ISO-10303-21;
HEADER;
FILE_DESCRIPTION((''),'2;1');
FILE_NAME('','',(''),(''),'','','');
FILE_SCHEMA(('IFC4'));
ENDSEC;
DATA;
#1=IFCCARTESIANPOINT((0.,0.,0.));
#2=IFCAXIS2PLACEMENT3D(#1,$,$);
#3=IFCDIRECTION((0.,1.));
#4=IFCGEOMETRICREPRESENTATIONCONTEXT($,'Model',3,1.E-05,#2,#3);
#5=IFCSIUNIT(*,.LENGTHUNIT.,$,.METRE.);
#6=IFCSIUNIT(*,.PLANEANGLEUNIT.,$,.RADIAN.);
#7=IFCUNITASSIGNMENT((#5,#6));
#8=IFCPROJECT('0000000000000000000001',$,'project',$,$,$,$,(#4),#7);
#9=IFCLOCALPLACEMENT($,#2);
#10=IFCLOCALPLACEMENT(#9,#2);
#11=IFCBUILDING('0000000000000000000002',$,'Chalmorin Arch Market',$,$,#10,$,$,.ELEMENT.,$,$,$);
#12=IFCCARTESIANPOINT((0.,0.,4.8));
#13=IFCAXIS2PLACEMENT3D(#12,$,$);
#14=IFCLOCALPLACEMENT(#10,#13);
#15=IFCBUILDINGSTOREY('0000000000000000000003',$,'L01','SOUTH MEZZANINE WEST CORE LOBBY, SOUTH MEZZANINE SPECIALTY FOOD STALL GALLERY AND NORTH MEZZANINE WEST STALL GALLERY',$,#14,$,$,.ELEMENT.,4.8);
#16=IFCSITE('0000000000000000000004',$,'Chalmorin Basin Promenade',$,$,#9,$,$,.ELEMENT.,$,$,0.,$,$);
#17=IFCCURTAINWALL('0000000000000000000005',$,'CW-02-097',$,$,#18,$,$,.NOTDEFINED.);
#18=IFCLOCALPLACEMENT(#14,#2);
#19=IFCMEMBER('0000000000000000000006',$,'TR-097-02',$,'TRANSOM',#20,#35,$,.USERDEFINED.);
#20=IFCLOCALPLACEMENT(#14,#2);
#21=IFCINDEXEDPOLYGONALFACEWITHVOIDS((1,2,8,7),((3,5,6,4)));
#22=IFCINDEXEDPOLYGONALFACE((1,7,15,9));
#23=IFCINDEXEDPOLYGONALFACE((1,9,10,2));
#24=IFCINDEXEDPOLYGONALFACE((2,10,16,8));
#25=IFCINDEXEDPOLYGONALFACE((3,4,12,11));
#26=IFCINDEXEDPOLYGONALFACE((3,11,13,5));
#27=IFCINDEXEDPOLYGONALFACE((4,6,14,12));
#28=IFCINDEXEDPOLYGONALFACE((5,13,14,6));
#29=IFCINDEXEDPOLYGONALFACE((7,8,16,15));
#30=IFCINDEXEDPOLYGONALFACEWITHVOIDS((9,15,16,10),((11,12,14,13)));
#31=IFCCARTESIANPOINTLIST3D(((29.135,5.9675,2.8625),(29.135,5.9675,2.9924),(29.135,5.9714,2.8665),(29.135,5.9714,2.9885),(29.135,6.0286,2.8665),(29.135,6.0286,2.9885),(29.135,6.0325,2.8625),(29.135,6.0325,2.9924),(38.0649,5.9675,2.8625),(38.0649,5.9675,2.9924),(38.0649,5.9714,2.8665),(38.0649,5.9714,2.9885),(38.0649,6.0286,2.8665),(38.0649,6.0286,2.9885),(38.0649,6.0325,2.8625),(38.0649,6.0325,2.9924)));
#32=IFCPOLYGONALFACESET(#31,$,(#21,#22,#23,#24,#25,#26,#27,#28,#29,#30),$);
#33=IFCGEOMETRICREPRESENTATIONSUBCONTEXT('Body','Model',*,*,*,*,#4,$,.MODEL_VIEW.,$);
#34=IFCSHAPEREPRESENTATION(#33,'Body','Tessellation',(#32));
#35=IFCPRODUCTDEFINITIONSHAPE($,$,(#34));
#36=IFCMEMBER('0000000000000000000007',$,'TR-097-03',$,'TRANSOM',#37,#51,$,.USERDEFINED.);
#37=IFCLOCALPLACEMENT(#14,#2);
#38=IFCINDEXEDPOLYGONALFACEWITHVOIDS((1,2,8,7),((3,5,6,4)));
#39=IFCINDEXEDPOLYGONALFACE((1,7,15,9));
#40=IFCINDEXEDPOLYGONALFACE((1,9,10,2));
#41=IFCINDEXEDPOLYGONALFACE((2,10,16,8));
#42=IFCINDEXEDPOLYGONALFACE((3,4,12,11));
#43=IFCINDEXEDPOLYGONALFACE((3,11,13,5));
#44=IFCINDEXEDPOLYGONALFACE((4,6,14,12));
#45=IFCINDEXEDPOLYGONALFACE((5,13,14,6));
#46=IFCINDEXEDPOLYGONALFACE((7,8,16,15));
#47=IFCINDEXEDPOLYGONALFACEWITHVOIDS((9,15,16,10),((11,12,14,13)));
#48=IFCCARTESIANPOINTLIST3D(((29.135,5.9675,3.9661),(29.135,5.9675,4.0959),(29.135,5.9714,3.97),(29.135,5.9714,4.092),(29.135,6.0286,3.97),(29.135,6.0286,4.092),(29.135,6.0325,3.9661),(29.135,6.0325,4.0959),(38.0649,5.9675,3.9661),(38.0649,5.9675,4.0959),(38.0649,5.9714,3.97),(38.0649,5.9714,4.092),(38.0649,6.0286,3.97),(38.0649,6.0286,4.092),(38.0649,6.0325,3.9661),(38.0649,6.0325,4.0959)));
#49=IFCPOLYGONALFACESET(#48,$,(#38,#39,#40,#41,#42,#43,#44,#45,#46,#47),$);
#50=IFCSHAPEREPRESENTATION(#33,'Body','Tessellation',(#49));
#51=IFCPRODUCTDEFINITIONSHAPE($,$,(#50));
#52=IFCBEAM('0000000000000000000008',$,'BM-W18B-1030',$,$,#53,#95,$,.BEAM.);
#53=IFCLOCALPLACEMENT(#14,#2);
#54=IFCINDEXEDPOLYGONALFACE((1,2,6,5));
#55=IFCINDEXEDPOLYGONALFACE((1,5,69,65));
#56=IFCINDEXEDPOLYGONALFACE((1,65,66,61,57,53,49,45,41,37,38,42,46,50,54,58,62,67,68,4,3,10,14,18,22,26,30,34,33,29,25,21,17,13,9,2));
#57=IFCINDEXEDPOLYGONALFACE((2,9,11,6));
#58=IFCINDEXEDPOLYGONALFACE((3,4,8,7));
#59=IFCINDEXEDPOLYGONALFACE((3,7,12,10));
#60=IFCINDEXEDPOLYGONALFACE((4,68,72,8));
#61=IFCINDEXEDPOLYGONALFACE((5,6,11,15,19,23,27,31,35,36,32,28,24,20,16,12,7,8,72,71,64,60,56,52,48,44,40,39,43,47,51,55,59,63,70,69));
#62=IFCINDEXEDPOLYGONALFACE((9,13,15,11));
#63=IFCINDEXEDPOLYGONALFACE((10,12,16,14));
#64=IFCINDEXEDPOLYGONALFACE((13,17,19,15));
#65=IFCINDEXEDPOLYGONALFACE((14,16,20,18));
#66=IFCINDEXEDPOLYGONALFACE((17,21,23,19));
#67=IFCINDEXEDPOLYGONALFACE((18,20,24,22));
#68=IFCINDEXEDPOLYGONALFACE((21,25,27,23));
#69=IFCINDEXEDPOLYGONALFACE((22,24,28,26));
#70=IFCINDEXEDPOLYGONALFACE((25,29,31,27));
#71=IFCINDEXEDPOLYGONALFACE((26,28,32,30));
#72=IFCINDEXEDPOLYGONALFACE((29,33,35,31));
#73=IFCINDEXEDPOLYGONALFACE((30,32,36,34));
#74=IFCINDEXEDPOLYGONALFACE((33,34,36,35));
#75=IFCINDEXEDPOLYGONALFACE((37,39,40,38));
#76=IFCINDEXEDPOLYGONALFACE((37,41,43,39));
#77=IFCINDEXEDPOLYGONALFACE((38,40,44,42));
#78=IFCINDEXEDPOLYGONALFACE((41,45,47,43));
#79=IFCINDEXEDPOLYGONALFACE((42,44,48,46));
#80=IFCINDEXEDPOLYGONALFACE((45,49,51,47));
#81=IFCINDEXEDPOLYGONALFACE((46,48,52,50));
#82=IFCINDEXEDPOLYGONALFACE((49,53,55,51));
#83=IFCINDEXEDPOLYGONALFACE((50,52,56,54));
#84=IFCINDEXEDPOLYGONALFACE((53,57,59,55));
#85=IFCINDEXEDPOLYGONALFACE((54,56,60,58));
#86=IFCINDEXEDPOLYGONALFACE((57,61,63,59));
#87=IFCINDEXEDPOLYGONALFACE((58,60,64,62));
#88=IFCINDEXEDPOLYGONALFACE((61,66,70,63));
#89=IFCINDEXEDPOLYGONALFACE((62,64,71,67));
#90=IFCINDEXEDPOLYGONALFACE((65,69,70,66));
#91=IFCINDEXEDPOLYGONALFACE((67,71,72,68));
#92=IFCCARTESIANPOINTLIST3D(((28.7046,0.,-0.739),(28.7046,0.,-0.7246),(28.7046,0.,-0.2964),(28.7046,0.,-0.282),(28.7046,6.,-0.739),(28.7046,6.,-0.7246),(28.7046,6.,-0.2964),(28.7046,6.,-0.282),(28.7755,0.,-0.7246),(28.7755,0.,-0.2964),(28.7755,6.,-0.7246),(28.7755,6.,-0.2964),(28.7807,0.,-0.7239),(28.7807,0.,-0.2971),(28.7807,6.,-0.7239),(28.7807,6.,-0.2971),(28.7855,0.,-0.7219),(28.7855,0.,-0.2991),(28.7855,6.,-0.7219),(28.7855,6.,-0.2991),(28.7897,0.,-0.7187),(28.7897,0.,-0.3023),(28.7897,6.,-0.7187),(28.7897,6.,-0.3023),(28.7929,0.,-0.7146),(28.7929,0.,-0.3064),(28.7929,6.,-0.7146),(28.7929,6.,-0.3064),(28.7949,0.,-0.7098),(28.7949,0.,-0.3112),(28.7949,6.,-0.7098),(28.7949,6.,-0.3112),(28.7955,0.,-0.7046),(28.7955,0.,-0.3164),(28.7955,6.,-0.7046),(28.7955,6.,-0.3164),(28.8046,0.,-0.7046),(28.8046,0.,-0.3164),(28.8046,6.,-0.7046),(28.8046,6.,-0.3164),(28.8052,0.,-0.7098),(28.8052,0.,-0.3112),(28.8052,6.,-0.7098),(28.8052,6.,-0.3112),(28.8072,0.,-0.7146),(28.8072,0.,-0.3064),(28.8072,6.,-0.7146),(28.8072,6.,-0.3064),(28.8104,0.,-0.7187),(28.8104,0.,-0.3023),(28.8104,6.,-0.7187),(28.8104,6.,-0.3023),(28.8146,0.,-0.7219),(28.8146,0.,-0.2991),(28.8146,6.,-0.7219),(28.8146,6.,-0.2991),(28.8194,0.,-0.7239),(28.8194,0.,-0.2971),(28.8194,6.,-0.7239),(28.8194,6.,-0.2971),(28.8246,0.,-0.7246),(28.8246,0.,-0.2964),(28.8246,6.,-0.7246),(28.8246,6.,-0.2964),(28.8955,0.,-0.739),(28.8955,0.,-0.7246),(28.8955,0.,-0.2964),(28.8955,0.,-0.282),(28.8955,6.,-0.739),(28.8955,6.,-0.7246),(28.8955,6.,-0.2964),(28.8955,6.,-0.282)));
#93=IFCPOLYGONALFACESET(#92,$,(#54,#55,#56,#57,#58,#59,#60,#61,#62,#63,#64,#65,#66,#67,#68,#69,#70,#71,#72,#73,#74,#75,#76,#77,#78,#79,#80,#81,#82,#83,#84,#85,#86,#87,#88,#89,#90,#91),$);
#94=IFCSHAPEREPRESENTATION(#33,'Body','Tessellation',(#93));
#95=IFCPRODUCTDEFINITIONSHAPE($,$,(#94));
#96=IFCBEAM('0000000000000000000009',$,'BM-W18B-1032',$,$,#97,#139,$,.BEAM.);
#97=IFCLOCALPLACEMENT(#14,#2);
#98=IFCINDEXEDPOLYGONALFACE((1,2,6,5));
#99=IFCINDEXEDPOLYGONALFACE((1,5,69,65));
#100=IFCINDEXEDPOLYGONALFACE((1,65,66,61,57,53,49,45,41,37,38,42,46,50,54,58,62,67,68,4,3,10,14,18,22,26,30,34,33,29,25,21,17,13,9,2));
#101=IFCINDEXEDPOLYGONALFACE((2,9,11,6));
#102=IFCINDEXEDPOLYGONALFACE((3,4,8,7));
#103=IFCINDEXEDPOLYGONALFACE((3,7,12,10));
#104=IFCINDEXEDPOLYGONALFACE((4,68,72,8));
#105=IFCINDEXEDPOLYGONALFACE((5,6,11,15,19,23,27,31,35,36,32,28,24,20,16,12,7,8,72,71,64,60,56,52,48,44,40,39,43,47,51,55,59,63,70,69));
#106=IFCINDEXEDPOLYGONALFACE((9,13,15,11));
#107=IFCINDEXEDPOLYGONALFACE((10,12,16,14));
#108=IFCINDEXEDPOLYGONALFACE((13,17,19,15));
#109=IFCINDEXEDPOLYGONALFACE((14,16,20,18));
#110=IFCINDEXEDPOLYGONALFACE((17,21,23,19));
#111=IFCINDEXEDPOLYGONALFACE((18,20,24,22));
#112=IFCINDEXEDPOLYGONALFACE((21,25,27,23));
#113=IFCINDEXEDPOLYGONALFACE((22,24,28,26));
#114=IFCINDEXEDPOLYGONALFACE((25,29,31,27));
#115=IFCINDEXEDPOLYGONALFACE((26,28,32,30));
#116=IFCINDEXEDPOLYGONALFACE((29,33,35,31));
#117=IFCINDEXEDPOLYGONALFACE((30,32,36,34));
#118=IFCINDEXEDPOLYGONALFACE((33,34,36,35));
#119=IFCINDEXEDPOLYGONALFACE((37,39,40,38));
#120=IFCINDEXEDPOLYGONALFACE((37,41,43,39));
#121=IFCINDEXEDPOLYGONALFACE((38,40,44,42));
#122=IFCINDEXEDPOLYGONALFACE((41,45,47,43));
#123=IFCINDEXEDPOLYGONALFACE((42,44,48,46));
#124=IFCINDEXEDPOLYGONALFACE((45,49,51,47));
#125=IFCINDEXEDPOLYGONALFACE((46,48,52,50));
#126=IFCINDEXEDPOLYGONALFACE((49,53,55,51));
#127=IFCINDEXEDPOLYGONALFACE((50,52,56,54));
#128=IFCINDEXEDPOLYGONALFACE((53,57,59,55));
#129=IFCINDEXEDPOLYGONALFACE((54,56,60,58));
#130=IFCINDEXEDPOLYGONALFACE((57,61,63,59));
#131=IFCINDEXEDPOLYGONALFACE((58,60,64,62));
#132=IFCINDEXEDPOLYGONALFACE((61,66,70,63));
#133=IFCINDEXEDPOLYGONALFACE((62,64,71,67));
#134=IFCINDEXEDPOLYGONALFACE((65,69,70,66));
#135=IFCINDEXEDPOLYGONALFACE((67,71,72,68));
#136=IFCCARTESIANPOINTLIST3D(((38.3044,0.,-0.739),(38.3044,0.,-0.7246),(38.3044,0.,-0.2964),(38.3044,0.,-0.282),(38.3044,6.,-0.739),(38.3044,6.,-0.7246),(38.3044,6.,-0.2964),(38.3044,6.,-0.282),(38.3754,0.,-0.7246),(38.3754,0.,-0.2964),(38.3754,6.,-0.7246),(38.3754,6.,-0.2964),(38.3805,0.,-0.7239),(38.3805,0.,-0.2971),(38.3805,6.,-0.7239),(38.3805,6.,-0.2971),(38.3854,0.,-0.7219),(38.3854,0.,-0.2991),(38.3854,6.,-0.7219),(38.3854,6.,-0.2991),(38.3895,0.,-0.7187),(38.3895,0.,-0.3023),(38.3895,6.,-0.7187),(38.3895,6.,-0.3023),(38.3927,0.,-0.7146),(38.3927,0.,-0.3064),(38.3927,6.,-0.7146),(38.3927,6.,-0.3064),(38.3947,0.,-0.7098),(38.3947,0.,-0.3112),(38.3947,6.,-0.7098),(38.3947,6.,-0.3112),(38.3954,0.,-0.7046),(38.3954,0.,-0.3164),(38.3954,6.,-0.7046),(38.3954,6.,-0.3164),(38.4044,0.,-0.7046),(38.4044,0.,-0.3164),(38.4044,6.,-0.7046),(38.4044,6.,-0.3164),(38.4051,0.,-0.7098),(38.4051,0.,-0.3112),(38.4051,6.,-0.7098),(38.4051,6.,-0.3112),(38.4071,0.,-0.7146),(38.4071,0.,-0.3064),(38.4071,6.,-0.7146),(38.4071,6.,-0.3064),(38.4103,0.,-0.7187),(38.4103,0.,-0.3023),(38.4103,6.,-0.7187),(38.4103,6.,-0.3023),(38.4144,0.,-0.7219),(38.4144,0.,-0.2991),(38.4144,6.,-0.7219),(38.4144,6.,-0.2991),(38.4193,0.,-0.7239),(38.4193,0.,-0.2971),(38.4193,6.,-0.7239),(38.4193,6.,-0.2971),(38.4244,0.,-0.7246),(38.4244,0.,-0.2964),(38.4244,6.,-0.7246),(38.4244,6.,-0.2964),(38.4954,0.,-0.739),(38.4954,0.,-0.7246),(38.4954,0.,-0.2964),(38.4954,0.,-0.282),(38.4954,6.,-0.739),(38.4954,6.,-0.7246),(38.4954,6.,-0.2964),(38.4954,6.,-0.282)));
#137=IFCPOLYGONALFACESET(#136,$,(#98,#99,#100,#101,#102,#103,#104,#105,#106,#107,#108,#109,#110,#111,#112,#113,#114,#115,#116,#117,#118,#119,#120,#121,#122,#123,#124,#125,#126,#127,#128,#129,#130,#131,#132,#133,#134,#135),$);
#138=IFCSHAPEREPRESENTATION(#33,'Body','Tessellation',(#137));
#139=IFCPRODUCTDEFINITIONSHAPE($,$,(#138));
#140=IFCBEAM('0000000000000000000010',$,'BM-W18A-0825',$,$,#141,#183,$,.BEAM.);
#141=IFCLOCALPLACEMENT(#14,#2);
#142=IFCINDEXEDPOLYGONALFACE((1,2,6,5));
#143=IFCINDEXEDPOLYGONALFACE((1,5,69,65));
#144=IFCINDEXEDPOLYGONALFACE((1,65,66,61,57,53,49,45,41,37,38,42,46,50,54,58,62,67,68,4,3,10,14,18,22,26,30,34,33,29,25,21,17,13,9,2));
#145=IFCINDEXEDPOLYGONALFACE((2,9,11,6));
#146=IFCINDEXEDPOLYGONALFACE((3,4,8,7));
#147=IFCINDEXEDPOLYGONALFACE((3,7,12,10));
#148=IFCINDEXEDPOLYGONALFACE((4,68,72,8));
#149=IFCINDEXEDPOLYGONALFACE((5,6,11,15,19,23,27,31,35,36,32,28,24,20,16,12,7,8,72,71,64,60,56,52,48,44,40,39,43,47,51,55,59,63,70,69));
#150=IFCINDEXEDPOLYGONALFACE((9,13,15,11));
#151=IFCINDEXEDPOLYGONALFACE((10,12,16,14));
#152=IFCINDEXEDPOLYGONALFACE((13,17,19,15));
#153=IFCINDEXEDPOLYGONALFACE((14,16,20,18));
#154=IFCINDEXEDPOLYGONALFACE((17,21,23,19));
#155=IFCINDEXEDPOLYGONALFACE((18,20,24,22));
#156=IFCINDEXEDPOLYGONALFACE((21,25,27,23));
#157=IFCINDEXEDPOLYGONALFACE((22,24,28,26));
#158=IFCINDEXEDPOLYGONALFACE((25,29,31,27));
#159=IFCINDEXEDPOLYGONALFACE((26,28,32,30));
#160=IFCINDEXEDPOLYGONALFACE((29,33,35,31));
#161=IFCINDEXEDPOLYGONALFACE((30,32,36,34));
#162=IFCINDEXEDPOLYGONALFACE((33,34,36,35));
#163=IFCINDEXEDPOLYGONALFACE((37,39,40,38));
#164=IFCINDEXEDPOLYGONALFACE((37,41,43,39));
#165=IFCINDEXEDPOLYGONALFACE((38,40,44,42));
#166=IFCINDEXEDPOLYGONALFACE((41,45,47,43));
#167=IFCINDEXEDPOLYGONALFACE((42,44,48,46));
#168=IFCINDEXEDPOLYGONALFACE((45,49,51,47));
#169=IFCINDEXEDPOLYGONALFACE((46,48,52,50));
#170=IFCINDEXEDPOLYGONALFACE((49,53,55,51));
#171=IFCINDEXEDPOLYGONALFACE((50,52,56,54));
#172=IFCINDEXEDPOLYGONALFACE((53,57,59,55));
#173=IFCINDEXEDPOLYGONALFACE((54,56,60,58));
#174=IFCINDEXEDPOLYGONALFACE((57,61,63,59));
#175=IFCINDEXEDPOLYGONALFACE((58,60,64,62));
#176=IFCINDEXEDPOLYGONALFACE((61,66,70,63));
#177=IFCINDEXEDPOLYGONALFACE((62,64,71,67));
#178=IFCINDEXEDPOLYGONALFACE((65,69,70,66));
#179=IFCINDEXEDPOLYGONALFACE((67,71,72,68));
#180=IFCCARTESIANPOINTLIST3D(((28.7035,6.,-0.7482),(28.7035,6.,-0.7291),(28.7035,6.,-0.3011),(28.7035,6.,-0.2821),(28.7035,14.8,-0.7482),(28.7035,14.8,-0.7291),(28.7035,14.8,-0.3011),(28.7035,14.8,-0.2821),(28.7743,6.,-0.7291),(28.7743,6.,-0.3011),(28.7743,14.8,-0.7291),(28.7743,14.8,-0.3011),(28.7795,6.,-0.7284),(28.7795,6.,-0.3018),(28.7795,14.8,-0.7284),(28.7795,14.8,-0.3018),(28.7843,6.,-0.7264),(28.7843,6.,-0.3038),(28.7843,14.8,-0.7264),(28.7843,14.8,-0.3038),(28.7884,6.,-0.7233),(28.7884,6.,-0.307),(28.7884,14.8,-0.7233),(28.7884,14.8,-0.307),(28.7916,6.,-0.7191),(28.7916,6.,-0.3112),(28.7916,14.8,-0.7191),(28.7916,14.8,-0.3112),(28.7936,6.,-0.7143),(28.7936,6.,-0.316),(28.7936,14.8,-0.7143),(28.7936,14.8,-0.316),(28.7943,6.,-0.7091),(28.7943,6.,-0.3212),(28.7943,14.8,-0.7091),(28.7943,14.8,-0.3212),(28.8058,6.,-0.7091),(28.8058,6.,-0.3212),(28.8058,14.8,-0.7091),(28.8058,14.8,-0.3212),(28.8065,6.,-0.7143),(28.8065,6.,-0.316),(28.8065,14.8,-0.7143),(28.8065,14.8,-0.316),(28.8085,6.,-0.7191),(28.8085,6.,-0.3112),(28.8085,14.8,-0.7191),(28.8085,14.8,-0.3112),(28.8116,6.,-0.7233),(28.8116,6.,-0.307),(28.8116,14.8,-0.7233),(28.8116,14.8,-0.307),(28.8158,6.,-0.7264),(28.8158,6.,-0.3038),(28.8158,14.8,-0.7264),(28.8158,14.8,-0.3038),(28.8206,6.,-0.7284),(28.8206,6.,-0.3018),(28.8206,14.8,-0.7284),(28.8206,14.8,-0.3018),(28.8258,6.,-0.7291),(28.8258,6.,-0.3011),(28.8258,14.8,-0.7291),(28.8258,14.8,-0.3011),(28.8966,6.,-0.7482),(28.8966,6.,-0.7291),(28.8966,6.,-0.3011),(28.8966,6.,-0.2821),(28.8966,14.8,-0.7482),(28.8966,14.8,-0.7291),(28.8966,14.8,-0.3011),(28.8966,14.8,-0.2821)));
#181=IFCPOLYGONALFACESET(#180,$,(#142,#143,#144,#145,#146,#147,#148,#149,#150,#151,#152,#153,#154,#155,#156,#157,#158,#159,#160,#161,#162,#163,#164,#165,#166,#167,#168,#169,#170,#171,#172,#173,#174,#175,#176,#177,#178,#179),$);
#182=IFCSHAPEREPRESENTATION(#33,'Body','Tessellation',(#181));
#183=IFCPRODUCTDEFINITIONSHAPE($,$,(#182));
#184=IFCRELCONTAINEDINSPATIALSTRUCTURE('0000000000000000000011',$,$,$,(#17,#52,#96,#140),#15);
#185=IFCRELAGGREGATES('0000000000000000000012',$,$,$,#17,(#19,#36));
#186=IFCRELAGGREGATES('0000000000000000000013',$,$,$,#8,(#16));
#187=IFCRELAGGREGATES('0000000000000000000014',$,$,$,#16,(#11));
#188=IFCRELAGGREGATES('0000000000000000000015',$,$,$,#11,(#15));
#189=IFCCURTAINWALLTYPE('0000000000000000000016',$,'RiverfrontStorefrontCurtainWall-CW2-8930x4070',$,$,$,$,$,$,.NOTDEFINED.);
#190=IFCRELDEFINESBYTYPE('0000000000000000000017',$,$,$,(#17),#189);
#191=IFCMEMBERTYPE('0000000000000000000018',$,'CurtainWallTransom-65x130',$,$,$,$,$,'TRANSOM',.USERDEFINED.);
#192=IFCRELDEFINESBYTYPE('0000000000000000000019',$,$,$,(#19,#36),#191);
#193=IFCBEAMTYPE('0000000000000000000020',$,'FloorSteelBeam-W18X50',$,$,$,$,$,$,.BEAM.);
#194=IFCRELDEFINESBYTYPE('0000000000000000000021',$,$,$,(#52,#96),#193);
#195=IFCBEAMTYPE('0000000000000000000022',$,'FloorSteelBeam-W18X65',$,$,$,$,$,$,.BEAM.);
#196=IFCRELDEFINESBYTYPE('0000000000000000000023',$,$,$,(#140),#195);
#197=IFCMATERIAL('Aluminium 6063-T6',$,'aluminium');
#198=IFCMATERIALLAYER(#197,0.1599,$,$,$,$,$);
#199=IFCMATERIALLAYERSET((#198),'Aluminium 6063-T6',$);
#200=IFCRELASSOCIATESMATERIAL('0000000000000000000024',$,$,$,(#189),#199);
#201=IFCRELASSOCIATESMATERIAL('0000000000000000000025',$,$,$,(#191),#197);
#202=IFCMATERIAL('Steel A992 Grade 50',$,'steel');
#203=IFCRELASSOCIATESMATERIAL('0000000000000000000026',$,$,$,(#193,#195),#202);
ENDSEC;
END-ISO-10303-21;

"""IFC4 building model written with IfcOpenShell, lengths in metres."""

from ifc_helpers import new_model, si_unit, direction, frame, origin, origin_2d, place, context, subcontext, project, spatial, hollow_rectangle, i_section, extrude, material, layer, layer_set, material_profile, profile_set, type_object, element, aggregate, save


model = new_model("IFC4")

# Units and contexts
model_context = context("Model", 3, precision=1e-05, world=origin(), true_north=direction((0.0, 1.0)))
body_context = subcontext(model_context, "Body", "Model", "MODEL_VIEW")
ifc_project = project(units=[si_unit("LENGTHUNIT", "METRE"), si_unit("PLANEANGLEUNIT", "RADIAN")], contexts=[model_context])

# Site, building, storey
site_placement = place(None, origin())
site = spatial("IfcSite", under=ifc_project, at=site_placement, Name="Chalmorin Basin Promenade", CompositionType="ELEMENT", RefElevation=0.0)
building_placement = place(site_placement, origin())
building = spatial("IfcBuilding", under=site, at=building_placement, Name="Chalmorin Arch Market", CompositionType="ELEMENT")
storey_placement = place(building_placement, frame((0.0, 0.0, 4.8)))
storey = spatial("IfcBuildingStorey", under=building, at=storey_placement, Name="L01", Description="SOUTH MEZZANINE WEST CORE LOBBY, SOUTH MEZZANINE SPECIALTY FOOD STALL GALLERY AND NORTH MEZZANINE WEST STALL GALLERY", CompositionType="ELEMENT", Elevation=4.8)

# Shared definitions
ifc_material_1 = material(Name="Aluminium 6063-T6", Category="aluminium")
ifc_layer_1 = layer(ifc_material_1, 0.1599)
ifc_layer_set_1 = layer_set([ifc_layer_1], Name="Aluminium 6063-T6")
curtain_wall_type = type_object("IfcCurtainWallType", Name="RiverfrontStorefrontCurtainWall-CW2-8930x4070", PredefinedType="NOTDEFINED", material=ifc_layer_set_1)

# Curtain wall
curtain_wall_1_placement = place(storey_placement, origin())
curtain_wall_1 = element("IfcCurtainWall", 1, at=curtain_wall_1_placement, inside=storey, type_object=curtain_wall_type, Name="CW-02-097", PredefinedType="NOTDEFINED")

# Members
ifc_material_profile_1 = material_profile(ifc_material_1, hollow_rectangle(XDim=0.0649, YDim=0.1299, WallThickness=0.0039, at=origin_2d()), Name="ALU65X130X4")
ifc_profile_set_1 = profile_set([ifc_material_profile_1], Name="Aluminium 6063-T6")
member_type_1 = type_object("IfcMemberType", Name="CurtainWallTransom-65x130", ElementType="TRANSOM", PredefinedType="USERDEFINED", material=ifc_profile_set_1)
member_1_placement = place(storey_placement, frame((29.135, 6.0, 2.9275), z_axis=(1.0, 0.0, 0.0), x_axis=(0.0, 1.0, 0.0)))
member_1 = element("IfcMember", 2, at=member_1_placement, type_object=member_type_1, Name="TR-097-02", ObjectType="TRANSOM", PredefinedType="USERDEFINED", context=body_context, shape_type="SweptSolid", body=[
    extrude(hollow_rectangle(XDim=0.0649, YDim=0.1299, WallThickness=0.0039, at=origin_2d()), origin(), (0.0, 0.0, 1.0), 8.9299),
])
member_2_placement = place(storey_placement, frame((29.135, 6.0, 4.031), z_axis=(1.0, 0.0, 0.0), x_axis=(0.0, 1.0, 0.0)))
member_2 = element("IfcMember", 3, at=member_2_placement, type_object=member_type_1, Name="TR-097-03", ObjectType="TRANSOM", PredefinedType="USERDEFINED", context=body_context, shape_type="SweptSolid", body=[
    extrude(hollow_rectangle(XDim=0.0649, YDim=0.1299, WallThickness=0.0039, at=origin_2d()), origin(), (0.0, 0.0, 1.0), 8.9299),
])

# Beams
ifc_material_2 = material(Name="Steel A992 Grade 50", Category="steel")
ifc_material_profile_2 = material_profile(ifc_material_2, i_section(OverallWidth=0.1909, OverallDepth=0.457, WebThickness=0.009, FlangeThickness=0.0144, FilletRadius=0.02, at=origin_2d()), Name="W18X50")
ifc_profile_set_2 = profile_set([ifc_material_profile_2], Name="Steel A992 Grade 50")
beam_type_1 = type_object("IfcBeamType", Name="FloorSteelBeam-W18X50", PredefinedType="BEAM", material=ifc_profile_set_2)
for number, where, z_axis, x_axis, name in (
    (4, (28.8, 0.0, -0.5105), (0.0, 1.0, 0.0), (-1.0, 0.0, 0.0), "BM-W18B-1030"),
    (5, (38.3999, 0.0, -0.5105), (0.0, 1.0, 0.0), (-1.0, 0.0, 0.0), "BM-W18B-1032"),
):
    element("IfcBeam", number, at=place(storey_placement, frame(where, z_axis=z_axis, x_axis=x_axis)), inside=storey, type_object=beam_type_1, Name=name, PredefinedType="BEAM", context=body_context, shape_type="SweptSolid", body=[
        extrude(i_section(OverallWidth=0.1909, OverallDepth=0.457, WebThickness=0.009, FlangeThickness=0.0144, FilletRadius=0.02, at=origin_2d()), origin(), (0.0, 0.0, 1.0), 6.0),
    ])
ifc_material_profile_3 = material_profile(ifc_material_2, i_section(OverallWidth=0.1931, OverallDepth=0.4661, WebThickness=0.0115, FlangeThickness=0.019, FilletRadius=0.02, at=origin_2d()), Name="W18X65")
ifc_profile_set_3 = profile_set([ifc_material_profile_3], Name="Steel A992 Grade 50")
beam_type_2 = type_object("IfcBeamType", Name="FloorSteelBeam-W18X65", PredefinedType="BEAM", material=ifc_profile_set_3)
beam_1_placement = place(storey_placement, frame((28.8, 6.0, -0.5151), z_axis=(0.0, 1.0, 0.0), x_axis=(-1.0, 0.0, 0.0)))
element("IfcBeam", 6, at=beam_1_placement, inside=storey, type_object=beam_type_2, Name="BM-W18A-0825", PredefinedType="BEAM", context=body_context, shape_type="SweptSolid", body=[
    extrude(i_section(OverallWidth=0.1931, OverallDepth=0.4661, WebThickness=0.0115, FlangeThickness=0.019, FilletRadius=0.02, at=origin_2d()), origin(), (0.0, 0.0, 1.0), 8.8),
])

aggregate(curtain_wall_1, [member_1, member_2])

save(model, "model.ifc")
